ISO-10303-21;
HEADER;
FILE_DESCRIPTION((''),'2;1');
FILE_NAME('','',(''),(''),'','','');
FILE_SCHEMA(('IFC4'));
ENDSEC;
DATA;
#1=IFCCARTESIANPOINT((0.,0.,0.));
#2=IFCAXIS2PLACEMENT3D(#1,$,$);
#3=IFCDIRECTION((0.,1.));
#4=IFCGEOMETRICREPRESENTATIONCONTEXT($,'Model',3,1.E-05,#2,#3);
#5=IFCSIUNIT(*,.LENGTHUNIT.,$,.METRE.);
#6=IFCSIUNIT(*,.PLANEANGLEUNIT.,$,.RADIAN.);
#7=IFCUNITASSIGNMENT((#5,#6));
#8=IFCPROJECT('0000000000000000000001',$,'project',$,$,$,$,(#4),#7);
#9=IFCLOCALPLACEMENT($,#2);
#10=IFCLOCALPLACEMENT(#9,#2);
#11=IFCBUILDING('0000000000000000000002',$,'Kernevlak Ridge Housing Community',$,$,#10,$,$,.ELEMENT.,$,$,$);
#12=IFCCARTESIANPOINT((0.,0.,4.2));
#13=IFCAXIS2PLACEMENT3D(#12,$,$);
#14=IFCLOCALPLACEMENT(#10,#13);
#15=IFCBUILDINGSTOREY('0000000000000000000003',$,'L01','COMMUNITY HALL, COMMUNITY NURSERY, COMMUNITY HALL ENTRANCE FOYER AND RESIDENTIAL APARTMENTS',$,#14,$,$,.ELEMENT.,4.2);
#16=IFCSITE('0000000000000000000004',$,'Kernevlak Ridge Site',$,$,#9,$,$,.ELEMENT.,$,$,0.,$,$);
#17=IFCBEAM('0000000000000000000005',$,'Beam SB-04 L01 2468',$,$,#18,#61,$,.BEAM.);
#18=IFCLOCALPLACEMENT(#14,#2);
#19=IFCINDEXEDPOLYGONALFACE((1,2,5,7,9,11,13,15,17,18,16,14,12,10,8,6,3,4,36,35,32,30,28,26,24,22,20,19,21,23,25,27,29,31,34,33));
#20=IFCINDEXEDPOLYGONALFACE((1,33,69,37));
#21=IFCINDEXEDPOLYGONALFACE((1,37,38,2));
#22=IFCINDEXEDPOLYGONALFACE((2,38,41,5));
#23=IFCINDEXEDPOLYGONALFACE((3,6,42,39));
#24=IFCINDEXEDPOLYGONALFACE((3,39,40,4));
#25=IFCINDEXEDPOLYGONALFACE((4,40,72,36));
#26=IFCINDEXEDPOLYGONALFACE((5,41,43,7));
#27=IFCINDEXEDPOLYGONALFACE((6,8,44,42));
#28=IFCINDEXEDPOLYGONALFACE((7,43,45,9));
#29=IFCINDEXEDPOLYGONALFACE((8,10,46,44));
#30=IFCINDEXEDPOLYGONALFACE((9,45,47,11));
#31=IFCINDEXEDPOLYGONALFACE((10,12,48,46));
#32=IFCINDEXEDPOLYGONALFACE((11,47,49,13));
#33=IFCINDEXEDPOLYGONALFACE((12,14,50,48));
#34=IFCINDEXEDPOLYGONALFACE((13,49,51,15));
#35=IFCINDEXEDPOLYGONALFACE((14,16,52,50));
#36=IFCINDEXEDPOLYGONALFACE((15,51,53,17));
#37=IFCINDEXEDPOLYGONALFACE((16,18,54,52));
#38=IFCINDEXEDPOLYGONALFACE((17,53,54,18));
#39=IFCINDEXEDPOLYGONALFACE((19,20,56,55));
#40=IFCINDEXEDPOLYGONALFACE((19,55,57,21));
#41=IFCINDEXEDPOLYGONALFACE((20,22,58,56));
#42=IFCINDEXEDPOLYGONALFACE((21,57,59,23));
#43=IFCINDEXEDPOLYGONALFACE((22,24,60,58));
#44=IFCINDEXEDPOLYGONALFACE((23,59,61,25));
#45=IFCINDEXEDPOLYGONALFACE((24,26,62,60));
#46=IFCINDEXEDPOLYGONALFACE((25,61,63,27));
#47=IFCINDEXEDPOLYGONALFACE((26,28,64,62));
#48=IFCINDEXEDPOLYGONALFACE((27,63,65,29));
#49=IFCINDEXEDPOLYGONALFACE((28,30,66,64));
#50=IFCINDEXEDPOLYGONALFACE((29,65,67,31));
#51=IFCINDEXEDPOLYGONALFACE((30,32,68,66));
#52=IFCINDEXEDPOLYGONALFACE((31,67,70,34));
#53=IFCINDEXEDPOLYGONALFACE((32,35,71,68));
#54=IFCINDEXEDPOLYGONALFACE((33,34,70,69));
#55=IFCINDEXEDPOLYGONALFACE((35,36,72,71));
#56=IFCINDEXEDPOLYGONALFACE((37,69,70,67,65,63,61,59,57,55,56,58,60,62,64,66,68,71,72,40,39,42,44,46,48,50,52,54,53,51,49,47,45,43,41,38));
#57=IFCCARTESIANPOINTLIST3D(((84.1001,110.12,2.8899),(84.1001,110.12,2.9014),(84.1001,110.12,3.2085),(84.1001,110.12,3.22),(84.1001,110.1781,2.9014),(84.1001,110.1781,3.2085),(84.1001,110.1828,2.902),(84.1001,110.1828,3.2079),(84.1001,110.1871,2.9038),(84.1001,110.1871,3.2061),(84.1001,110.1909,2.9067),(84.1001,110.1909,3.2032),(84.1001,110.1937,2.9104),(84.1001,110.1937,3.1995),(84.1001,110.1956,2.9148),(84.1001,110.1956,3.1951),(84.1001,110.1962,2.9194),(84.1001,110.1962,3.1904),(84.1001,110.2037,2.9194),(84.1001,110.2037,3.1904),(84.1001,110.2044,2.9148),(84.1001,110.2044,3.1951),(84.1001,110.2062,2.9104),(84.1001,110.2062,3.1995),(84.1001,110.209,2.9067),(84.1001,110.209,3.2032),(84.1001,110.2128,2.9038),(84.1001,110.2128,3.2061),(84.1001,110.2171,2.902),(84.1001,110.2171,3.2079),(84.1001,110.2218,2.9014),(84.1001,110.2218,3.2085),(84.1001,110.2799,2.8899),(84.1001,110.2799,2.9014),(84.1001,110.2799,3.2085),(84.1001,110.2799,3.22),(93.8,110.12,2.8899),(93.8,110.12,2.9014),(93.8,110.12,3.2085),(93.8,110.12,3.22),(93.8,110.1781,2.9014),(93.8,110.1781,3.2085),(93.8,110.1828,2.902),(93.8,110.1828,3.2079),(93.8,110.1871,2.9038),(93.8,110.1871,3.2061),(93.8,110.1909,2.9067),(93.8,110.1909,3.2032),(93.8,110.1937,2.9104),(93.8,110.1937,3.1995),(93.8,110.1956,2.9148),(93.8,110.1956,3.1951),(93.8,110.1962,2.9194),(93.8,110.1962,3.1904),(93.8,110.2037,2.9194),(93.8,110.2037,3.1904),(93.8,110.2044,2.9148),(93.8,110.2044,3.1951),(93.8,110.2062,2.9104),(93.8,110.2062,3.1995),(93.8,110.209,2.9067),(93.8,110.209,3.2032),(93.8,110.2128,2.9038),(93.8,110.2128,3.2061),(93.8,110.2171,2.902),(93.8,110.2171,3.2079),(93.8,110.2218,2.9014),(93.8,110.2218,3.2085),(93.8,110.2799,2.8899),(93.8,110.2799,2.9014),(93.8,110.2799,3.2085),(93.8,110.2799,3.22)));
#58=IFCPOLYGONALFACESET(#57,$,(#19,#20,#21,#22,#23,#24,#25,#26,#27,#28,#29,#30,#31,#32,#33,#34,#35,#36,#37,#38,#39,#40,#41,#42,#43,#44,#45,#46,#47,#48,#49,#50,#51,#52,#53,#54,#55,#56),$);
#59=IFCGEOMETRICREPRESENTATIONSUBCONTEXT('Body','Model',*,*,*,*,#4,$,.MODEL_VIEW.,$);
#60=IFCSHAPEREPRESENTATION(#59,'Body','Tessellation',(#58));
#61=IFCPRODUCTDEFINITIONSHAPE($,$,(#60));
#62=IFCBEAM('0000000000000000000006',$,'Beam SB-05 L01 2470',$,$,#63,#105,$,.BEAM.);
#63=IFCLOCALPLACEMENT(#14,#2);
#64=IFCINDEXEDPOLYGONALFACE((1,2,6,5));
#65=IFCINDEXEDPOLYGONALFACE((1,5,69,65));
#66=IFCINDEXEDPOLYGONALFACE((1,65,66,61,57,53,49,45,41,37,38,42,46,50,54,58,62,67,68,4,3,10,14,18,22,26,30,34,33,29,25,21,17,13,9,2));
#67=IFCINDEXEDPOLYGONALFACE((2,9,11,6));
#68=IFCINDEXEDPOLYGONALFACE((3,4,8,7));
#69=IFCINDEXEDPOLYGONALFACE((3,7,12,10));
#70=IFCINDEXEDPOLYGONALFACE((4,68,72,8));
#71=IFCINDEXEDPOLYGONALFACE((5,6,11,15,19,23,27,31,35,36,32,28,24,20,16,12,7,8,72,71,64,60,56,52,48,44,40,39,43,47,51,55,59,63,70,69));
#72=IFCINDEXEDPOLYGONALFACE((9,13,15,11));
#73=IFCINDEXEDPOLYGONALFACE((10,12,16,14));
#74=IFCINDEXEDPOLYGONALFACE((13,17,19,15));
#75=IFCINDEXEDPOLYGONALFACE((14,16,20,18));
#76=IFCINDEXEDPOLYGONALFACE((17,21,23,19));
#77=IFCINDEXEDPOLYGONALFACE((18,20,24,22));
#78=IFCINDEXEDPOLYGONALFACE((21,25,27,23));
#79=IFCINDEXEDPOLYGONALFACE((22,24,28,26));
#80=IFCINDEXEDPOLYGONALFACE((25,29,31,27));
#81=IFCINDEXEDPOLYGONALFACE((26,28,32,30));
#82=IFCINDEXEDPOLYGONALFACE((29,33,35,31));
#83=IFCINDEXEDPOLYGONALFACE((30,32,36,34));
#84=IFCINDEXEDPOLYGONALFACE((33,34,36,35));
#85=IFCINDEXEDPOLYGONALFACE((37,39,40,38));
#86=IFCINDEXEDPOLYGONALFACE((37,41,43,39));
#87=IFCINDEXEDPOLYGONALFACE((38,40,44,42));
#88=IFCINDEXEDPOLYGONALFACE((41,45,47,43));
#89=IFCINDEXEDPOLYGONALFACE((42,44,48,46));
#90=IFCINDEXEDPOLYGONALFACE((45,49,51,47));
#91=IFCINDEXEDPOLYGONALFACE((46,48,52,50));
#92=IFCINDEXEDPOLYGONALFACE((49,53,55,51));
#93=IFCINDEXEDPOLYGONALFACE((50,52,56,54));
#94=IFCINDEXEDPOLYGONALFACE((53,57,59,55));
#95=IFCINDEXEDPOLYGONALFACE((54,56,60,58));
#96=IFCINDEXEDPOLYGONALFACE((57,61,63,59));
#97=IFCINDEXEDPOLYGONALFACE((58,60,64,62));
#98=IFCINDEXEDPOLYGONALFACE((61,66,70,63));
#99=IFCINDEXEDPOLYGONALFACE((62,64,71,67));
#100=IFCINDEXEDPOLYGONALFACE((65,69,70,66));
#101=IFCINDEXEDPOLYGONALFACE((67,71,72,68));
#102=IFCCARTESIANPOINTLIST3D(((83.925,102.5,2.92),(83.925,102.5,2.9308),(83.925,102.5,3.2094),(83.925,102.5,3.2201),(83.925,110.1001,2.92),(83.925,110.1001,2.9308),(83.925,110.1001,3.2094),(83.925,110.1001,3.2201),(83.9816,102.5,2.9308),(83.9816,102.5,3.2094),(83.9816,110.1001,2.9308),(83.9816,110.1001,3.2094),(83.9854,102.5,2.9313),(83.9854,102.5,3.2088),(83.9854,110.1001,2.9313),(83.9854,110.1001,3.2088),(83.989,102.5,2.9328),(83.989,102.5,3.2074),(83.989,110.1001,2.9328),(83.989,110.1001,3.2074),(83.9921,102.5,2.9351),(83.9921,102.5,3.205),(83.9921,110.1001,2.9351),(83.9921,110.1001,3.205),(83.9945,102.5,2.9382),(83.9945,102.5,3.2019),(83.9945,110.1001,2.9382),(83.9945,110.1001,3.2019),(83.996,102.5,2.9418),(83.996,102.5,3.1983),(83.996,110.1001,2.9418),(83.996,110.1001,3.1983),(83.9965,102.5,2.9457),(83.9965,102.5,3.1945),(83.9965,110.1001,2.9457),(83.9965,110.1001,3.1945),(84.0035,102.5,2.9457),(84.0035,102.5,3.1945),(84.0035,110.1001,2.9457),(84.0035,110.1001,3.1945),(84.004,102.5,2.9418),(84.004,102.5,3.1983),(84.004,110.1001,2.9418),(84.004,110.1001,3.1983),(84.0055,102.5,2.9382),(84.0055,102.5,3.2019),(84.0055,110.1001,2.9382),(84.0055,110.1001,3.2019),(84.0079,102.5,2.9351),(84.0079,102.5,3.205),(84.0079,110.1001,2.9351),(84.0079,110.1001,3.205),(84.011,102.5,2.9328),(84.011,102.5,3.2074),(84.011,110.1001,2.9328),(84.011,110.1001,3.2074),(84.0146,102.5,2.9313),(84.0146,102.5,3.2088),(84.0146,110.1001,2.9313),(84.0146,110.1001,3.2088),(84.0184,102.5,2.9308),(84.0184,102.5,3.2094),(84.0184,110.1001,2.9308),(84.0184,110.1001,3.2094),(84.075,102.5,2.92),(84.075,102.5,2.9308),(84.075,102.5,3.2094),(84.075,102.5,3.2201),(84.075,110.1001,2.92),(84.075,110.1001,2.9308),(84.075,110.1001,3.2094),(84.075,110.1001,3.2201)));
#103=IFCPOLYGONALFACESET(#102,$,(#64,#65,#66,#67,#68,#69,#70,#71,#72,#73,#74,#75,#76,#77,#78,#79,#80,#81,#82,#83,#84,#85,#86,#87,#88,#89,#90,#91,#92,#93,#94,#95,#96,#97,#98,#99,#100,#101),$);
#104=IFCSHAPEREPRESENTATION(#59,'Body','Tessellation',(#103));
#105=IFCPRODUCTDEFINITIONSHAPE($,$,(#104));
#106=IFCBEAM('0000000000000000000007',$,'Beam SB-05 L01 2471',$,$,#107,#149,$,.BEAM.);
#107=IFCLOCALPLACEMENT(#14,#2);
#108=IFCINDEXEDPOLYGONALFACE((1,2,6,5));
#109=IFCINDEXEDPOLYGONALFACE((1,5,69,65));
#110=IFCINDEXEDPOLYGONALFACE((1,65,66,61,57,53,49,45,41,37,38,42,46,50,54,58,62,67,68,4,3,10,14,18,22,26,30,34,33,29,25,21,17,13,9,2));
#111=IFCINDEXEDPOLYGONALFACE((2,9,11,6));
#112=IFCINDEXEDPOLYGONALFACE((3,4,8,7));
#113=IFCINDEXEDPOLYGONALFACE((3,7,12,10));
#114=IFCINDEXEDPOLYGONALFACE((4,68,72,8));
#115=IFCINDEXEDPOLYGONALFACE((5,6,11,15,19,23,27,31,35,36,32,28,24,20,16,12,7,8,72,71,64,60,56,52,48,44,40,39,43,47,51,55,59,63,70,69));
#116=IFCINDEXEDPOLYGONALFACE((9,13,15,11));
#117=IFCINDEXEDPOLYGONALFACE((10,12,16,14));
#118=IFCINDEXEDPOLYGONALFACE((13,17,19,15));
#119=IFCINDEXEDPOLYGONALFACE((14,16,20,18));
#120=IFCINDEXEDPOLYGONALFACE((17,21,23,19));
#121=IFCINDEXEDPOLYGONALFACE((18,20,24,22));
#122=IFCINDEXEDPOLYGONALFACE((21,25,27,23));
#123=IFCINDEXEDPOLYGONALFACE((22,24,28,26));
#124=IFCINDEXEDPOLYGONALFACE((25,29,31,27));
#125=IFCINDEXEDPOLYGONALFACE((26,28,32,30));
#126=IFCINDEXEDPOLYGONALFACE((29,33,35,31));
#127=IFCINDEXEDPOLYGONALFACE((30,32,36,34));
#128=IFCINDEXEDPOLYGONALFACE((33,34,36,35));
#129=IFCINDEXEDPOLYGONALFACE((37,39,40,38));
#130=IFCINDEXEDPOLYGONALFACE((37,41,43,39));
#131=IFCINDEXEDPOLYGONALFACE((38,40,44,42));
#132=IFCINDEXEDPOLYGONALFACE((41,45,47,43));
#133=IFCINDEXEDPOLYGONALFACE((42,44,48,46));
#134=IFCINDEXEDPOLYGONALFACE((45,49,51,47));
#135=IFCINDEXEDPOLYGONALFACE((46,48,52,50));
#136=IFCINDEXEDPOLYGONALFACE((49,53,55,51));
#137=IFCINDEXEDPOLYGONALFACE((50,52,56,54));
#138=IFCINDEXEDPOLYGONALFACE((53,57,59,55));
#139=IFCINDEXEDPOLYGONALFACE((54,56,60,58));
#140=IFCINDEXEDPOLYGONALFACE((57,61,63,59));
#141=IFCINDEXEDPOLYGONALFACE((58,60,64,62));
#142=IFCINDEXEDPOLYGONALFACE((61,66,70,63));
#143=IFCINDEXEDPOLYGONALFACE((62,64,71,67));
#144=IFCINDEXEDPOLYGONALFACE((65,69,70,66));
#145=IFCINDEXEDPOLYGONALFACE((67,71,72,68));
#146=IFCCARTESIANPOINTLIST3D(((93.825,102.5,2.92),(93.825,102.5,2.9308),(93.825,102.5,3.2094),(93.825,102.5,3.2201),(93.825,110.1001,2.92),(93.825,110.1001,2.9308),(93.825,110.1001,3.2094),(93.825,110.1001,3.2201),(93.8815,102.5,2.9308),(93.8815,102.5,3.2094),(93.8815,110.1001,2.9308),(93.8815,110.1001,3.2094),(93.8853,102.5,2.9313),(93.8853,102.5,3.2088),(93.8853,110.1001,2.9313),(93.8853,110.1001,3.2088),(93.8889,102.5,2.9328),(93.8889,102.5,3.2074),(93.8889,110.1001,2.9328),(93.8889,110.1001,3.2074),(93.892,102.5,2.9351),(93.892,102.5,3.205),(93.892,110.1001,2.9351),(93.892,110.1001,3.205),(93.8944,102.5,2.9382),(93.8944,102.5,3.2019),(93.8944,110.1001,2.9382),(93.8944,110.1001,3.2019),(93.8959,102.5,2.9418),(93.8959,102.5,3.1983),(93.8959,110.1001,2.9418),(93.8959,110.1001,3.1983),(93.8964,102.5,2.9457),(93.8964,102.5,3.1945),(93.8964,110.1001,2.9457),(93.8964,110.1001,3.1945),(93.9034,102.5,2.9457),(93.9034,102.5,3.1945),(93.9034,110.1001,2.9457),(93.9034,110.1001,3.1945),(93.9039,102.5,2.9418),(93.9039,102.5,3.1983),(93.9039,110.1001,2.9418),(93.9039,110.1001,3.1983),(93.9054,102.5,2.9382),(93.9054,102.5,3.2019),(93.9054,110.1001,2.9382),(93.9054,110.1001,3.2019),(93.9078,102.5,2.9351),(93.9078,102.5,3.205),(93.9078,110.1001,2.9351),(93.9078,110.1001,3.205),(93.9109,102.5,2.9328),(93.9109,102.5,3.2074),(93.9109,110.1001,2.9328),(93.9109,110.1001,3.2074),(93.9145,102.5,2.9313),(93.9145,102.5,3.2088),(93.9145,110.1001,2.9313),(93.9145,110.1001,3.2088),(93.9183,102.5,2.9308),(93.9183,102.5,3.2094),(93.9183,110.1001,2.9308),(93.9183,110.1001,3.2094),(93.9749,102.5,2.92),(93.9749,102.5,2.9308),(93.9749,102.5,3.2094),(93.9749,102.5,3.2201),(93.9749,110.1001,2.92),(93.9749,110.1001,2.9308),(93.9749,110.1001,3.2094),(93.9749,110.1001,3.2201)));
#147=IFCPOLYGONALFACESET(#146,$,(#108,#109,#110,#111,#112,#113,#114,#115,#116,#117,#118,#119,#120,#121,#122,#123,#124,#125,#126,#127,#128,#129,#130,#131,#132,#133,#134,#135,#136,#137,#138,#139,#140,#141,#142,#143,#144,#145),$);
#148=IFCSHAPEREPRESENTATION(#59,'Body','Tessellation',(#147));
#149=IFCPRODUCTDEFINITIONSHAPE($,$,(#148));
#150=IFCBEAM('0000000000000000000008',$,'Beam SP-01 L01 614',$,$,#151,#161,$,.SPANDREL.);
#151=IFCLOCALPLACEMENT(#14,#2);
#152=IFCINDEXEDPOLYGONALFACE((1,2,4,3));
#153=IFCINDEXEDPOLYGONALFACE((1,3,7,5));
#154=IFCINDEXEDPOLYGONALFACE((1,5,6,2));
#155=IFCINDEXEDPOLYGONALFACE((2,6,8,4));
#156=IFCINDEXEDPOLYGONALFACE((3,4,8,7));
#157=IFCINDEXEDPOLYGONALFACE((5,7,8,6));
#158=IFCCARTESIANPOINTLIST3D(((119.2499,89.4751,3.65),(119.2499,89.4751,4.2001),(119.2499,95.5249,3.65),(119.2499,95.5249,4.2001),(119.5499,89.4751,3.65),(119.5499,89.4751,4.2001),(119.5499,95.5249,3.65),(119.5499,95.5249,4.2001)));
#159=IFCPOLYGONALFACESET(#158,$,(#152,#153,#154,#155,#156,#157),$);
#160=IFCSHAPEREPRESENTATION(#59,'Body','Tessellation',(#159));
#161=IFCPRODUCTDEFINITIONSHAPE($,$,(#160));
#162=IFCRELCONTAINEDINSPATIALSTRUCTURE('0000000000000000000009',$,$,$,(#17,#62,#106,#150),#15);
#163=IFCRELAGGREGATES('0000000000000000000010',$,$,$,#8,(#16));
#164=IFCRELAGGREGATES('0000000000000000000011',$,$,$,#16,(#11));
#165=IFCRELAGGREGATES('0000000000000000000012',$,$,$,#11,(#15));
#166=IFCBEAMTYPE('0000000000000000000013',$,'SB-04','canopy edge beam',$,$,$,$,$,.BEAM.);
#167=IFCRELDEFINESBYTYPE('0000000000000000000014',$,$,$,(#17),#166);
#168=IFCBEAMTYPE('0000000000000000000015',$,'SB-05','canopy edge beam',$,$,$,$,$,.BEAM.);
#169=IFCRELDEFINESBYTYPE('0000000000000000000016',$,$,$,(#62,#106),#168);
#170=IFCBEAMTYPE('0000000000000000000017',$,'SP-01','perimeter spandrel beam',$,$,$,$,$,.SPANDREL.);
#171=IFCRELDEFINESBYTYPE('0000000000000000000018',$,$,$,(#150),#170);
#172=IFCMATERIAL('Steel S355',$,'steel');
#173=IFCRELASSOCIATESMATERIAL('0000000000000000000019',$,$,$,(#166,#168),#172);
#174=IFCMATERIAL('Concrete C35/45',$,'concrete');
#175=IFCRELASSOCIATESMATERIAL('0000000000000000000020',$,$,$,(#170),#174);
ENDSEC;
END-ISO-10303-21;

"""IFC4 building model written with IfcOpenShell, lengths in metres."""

from ifc_helpers import new_model, si_unit, direction, frame, origin, origin_2d, place, context, subcontext, project, spatial, rectangle, i_section, extrude, material, material_profile, profile_set, type_object, element, save


model = new_model("IFC4")

# Units and contexts
model_context = context("Model", 3, precision=1e-05, world=origin(), true_north=direction((0.0, 1.0)))
body_context = subcontext(model_context, "Body", "Model", "MODEL_VIEW")
ifc_project = project(units=[si_unit("LENGTHUNIT", "METRE"), si_unit("PLANEANGLEUNIT", "RADIAN")], contexts=[model_context])

# Site, building, storey
site_placement = place(None, origin())
site = spatial("IfcSite", under=ifc_project, at=site_placement, Name="Kernevlak Ridge Site", CompositionType="ELEMENT", RefElevation=0.0)
building_placement = place(site_placement, origin())
building = spatial("IfcBuilding", under=site, at=building_placement, Name="Kernevlak Ridge Housing Community", CompositionType="ELEMENT")
storey_placement = place(building_placement, frame((0.0, 0.0, 4.2)))
storey = spatial("IfcBuildingStorey", under=building, at=storey_placement, Name="L01", Description="COMMUNITY HALL, COMMUNITY NURSERY, COMMUNITY HALL ENTRANCE FOYER AND RESIDENTIAL APARTMENTS", CompositionType="ELEMENT", Elevation=4.2)

# Shared definitions
ifc_material_1 = material(Name="Concrete C35/45", Category="concrete")
ifc_material_2 = material(Name="Steel S355", Category="steel")

# Beams
ifc_material_profile_1 = material_profile(ifc_material_2, i_section(OverallWidth=0.1599, OverallDepth=0.3301, WebThickness=0.0076, FlangeThickness=0.0115, FilletRadius=0.0181, at=origin_2d()), Name="IPE 330")
ifc_profile_set_1 = profile_set([ifc_material_profile_1], Name="Steel S355")
beam_type_1 = type_object("IfcBeamType", Name="SB-04", Description="canopy edge beam", PredefinedType="BEAM", material=ifc_profile_set_1)
for number, where, z_axis, x_axis, name in (
    (1, (84.1001, 110.2, 3.0549), (1.0, 0.0, 0.0), (0.0, 1.0, 0.0), "Beam SB-04 L01 2468"),
):
    element("IfcBeam", number, at=place(storey_placement, frame(where, z_axis=z_axis, x_axis=x_axis)), inside=storey, type_object=beam_type_1, Name=name, PredefinedType="BEAM", context=body_context, shape_type="SweptSolid", body=[
        extrude(i_section(OverallWidth=0.1599, OverallDepth=0.3301, WebThickness=0.0076, FlangeThickness=0.0115, FilletRadius=0.0181, at=origin_2d()), origin(), (0.0, 0.0, 1.0), 9.7),
    ])
ifc_material_profile_2 = material_profile(ifc_material_2, i_section(OverallWidth=0.1499, OverallDepth=0.3, WebThickness=0.0071, FlangeThickness=0.0107, FilletRadius=0.0149, at=origin_2d()), Name="IPE 300")
ifc_profile_set_2 = profile_set([ifc_material_profile_2], Name="Steel S355")
beam_type_2 = type_object("IfcBeamType", Name="SB-05", Description="canopy edge beam", PredefinedType="BEAM", material=ifc_profile_set_2)
for number, where, z_axis, x_axis, name in (
    (2, (84.0, 102.5, 3.0701), (0.0, 1.0, 0.0), (-1.0, 0.0, 0.0), "Beam SB-05 L01 2470"),
    (3, (93.8999, 102.5, 3.0701), (0.0, 1.0, 0.0), (-1.0, 0.0, 0.0), "Beam SB-05 L01 2471"),
):
    element("IfcBeam", number, at=place(storey_placement, frame(where, z_axis=z_axis, x_axis=x_axis)), inside=storey, type_object=beam_type_2, Name=name, PredefinedType="BEAM", context=body_context, shape_type="SweptSolid", body=[
        extrude(i_section(OverallWidth=0.1499, OverallDepth=0.3, WebThickness=0.0071, FlangeThickness=0.0107, FilletRadius=0.0149, at=origin_2d()), origin(), (0.0, 0.0, 1.0), 7.6001),
    ])
ifc_material_profile_3 = material_profile(ifc_material_1, rectangle(XDim=0.3, YDim=0.55, at=origin_2d()), Name="RC 300x550")
ifc_profile_set_3 = profile_set([ifc_material_profile_3], Name="Concrete C35/45")
beam_type_3 = type_object("IfcBeamType", Name="SP-01", Description="perimeter spandrel beam", PredefinedType="SPANDREL", material=ifc_profile_set_3)
beam_1_placement = place(storey_placement, frame((119.3999, 89.4751, 3.925), z_axis=(0.0, 1.0, 0.0), x_axis=(-1.0, 0.0, 0.0)))
element("IfcBeam", 4, at=beam_1_placement, inside=storey, type_object=beam_type_3, Name="Beam SP-01 L01 614", PredefinedType="SPANDREL", context=body_context, shape_type="SweptSolid", body=[
    extrude(rectangle(XDim=0.3, YDim=0.55, at=origin_2d()), origin(), (0.0, 0.0, 1.0), 6.0498),
])

save(model, "model.ifc")
